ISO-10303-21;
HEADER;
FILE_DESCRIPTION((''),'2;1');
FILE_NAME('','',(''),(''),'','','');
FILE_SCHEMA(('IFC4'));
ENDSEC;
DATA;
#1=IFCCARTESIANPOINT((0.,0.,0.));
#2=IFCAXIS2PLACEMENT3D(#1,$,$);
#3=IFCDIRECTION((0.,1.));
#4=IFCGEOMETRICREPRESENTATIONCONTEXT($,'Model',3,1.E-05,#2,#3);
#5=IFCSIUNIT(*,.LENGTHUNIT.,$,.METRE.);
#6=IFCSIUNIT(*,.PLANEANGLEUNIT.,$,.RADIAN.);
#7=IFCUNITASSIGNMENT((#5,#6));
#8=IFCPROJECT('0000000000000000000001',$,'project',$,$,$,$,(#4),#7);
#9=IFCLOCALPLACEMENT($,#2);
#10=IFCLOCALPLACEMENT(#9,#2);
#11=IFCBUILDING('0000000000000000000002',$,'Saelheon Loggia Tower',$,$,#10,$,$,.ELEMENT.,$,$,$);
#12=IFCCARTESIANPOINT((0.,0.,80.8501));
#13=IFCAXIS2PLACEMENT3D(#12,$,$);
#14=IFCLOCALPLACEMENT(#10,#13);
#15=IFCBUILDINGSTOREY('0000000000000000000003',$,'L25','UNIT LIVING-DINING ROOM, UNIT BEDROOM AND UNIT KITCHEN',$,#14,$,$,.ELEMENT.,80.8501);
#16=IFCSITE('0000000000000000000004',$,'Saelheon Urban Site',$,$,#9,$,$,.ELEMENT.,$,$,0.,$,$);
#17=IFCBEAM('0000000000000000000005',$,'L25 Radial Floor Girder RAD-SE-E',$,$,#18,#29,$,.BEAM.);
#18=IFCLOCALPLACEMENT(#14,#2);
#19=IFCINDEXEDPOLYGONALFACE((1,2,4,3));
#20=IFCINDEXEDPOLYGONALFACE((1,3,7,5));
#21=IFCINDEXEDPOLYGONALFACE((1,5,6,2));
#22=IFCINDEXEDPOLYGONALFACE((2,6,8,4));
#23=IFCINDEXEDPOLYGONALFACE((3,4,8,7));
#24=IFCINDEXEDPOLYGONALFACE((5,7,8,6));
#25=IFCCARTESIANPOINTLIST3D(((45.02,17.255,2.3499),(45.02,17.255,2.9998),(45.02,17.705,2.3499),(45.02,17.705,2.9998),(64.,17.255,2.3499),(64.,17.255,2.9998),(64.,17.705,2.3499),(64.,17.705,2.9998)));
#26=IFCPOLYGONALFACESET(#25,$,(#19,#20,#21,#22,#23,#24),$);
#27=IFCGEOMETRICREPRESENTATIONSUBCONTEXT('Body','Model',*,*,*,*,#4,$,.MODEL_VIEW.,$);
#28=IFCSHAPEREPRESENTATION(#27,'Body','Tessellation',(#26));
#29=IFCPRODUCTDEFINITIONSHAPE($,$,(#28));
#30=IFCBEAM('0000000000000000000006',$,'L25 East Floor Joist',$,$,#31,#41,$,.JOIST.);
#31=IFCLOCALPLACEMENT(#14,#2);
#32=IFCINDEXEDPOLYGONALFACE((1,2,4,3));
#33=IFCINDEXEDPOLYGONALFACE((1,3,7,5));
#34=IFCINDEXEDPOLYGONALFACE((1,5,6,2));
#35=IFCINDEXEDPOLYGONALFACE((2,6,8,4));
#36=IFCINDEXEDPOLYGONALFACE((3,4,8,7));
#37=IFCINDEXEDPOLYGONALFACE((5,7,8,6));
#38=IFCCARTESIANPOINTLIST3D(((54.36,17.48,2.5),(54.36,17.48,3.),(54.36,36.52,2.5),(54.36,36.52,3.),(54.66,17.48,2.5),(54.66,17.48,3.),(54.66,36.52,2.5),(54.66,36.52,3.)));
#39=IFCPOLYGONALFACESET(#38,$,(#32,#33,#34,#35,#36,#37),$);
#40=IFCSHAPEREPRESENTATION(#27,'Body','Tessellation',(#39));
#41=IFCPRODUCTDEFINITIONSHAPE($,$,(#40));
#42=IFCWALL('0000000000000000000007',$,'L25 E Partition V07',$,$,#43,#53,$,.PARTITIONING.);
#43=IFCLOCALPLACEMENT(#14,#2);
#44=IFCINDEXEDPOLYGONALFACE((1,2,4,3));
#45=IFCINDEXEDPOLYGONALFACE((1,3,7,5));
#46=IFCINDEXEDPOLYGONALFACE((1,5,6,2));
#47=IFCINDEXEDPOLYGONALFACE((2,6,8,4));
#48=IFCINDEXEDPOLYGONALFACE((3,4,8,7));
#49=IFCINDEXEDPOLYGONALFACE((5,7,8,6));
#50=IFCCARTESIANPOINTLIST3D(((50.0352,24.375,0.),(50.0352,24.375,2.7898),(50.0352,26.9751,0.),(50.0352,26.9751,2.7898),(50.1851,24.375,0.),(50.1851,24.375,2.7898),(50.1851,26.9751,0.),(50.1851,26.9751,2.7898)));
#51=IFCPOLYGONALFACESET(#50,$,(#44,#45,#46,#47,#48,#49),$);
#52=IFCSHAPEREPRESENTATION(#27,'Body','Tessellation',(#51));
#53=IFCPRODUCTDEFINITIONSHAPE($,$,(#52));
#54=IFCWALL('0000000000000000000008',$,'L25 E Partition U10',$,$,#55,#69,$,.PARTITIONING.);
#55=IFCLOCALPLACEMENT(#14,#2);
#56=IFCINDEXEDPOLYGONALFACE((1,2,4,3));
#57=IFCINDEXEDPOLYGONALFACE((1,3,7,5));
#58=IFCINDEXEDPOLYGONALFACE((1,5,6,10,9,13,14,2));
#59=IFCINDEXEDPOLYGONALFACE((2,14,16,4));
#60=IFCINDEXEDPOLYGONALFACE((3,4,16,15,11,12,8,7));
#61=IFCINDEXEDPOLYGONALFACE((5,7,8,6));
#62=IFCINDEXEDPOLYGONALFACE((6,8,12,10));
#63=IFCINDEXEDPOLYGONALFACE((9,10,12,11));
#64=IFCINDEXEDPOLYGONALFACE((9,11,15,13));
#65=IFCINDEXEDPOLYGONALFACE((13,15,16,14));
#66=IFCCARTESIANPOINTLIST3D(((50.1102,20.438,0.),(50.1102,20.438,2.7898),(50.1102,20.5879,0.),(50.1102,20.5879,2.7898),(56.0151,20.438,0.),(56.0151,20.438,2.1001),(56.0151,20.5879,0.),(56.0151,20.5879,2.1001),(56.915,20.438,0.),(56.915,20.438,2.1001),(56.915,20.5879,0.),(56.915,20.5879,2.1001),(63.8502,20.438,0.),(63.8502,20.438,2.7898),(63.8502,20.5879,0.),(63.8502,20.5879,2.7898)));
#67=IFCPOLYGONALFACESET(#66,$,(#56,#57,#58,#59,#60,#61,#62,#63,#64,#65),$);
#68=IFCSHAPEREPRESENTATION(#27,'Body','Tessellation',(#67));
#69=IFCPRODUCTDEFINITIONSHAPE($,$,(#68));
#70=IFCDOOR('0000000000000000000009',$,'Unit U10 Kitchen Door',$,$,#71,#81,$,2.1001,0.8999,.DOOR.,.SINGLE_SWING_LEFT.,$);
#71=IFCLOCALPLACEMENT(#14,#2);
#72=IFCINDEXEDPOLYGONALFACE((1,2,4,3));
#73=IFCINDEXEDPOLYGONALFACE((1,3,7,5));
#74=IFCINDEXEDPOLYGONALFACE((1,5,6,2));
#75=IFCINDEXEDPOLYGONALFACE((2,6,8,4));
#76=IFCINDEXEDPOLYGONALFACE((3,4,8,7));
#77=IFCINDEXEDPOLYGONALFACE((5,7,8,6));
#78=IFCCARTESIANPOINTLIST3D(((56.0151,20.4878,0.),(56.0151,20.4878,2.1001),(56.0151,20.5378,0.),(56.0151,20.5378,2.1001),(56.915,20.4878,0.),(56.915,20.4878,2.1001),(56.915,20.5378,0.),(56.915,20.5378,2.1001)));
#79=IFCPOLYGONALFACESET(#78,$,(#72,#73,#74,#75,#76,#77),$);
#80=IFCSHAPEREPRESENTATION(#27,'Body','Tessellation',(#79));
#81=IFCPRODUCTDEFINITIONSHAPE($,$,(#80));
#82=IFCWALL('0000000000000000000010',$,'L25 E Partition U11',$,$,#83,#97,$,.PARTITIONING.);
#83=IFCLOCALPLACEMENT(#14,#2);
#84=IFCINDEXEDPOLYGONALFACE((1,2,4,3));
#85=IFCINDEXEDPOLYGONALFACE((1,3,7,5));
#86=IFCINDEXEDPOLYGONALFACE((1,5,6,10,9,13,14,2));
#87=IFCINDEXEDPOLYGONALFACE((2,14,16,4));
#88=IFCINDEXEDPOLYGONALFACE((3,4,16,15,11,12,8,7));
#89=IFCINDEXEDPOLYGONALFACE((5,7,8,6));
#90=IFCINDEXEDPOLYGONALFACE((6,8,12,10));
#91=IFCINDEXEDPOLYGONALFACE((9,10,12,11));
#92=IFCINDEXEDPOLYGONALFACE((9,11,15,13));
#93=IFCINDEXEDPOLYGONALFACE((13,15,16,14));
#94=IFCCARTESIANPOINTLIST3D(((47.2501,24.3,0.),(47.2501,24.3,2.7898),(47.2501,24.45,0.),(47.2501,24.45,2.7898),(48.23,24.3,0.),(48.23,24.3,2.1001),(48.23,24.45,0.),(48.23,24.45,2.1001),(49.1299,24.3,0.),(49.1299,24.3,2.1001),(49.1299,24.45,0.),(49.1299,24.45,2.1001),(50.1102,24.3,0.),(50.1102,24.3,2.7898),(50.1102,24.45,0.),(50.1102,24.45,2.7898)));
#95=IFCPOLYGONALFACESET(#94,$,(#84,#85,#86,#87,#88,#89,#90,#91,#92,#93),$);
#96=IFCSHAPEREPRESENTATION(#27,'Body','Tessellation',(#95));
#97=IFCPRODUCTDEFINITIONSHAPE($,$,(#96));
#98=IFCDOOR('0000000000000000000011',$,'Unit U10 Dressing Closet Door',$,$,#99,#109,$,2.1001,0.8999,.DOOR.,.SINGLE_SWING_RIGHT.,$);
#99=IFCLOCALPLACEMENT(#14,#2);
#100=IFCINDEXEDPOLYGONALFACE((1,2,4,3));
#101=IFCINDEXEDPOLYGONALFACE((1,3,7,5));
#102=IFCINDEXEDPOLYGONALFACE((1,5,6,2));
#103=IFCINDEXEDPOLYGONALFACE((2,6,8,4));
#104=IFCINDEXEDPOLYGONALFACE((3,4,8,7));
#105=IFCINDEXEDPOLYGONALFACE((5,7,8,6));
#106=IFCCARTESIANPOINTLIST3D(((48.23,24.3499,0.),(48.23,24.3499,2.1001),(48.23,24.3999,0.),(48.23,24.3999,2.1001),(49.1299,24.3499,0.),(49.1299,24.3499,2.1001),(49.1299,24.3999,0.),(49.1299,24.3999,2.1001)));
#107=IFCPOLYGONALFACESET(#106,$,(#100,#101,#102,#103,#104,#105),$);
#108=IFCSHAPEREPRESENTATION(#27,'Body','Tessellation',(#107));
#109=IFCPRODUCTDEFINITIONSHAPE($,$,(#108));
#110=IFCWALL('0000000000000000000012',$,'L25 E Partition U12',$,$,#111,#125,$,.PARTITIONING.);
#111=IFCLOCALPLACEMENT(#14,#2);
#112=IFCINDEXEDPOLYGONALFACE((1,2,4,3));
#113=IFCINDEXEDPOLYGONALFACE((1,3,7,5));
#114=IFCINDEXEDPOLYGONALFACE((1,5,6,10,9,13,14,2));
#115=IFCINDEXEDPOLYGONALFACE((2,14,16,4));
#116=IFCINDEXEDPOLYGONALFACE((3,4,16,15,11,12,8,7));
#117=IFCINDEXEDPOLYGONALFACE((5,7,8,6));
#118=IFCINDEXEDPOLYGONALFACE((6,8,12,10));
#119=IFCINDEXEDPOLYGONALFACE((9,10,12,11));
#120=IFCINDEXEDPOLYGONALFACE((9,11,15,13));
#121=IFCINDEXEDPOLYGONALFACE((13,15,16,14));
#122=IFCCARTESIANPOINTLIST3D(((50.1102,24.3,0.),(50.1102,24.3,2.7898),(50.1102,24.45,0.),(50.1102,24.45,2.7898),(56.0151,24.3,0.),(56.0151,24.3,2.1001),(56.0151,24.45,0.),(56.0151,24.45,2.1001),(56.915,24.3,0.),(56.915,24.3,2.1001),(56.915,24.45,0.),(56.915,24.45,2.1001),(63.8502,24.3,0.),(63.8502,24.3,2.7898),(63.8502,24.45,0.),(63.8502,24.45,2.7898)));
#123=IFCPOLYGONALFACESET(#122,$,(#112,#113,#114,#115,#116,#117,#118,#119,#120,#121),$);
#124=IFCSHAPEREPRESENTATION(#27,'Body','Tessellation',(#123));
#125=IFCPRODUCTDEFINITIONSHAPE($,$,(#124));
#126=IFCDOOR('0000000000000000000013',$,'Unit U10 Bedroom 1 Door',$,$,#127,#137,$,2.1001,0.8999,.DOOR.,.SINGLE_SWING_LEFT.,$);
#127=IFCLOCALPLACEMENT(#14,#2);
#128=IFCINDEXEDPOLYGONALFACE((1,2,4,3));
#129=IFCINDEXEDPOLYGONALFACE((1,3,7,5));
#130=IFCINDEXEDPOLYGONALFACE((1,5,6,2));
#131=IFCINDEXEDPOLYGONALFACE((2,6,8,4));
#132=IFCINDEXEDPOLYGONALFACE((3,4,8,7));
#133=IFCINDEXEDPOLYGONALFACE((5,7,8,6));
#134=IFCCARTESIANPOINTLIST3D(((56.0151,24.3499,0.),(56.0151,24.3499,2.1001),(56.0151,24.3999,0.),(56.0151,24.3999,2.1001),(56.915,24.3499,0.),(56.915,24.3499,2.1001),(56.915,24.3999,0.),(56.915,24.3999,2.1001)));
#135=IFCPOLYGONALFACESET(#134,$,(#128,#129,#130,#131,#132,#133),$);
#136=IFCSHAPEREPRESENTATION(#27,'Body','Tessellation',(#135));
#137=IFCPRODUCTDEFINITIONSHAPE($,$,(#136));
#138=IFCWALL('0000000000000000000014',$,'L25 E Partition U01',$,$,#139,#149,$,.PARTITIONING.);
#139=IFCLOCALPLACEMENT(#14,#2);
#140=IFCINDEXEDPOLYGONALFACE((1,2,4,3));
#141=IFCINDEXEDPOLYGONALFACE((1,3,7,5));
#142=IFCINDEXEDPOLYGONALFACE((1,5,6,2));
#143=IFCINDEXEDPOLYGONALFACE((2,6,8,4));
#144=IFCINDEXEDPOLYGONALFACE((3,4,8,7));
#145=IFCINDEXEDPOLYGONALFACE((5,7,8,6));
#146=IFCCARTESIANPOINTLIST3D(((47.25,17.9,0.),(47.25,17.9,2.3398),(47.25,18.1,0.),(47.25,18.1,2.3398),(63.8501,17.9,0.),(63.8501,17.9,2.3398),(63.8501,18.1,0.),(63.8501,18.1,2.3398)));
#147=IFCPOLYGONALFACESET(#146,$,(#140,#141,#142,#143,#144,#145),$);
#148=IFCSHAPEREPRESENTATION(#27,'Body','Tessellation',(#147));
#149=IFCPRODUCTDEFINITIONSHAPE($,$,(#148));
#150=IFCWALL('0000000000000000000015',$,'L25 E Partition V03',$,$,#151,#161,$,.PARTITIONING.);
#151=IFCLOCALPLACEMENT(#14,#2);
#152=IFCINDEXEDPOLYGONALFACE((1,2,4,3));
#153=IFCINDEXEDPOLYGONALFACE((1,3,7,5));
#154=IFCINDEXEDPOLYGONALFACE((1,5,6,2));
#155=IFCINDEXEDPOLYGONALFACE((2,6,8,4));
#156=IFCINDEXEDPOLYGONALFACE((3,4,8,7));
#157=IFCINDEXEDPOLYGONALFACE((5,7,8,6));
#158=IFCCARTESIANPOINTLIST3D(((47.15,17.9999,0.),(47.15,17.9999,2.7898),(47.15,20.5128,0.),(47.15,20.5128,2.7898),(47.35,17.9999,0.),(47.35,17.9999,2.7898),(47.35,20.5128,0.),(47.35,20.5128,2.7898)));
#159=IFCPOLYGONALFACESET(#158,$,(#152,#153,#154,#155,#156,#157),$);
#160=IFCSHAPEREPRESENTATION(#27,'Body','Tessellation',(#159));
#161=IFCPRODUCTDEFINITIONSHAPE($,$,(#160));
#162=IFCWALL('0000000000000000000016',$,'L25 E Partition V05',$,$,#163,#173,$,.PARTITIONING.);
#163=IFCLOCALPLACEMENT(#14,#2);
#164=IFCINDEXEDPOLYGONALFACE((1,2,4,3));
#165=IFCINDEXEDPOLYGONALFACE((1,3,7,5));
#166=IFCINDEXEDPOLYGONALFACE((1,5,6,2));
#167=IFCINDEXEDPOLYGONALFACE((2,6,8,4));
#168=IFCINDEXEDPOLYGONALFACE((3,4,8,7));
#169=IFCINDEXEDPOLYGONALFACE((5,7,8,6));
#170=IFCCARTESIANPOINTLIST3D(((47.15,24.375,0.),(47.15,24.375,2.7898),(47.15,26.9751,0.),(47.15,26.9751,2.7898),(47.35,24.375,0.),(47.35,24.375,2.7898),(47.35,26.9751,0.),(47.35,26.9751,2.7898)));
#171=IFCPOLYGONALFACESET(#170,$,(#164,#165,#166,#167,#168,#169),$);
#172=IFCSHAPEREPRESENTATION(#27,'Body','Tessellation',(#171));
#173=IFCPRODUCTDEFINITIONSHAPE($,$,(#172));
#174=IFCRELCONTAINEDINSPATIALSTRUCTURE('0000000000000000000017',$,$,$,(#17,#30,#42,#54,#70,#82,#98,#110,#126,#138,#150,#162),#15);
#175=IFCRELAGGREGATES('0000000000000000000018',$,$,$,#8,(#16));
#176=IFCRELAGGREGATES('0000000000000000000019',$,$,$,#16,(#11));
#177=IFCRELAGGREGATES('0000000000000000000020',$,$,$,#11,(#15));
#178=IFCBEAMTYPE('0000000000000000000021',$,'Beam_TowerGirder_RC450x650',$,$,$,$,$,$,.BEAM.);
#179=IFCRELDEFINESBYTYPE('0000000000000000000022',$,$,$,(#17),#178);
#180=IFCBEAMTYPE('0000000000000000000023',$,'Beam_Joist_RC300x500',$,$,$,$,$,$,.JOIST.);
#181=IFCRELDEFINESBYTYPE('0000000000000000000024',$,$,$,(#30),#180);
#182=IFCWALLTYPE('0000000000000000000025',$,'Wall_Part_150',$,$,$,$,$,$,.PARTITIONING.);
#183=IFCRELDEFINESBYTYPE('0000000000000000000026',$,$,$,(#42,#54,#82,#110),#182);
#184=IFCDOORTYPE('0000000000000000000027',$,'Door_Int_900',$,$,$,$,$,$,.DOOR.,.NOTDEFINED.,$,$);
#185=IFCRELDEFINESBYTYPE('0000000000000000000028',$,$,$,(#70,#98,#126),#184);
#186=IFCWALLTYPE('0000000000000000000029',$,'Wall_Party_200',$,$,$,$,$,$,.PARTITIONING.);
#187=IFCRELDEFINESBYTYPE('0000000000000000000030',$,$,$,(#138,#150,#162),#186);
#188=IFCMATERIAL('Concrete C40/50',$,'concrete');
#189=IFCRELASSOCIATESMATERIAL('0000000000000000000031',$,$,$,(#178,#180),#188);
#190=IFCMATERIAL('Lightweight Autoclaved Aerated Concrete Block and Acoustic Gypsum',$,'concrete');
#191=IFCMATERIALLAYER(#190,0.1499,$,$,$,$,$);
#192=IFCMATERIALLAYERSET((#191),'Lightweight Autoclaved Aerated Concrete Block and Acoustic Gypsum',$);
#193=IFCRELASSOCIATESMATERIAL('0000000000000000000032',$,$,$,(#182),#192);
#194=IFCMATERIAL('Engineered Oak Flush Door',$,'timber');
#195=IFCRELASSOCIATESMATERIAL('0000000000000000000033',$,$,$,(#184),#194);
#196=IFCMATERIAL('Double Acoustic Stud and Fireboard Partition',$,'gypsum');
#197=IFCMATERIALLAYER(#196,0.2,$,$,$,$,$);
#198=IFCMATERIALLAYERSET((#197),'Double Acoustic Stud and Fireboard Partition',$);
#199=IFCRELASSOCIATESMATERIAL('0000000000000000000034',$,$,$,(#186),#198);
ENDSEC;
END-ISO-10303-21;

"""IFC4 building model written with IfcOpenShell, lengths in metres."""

from ifc_helpers import new_model, si_unit, direction, frame, frame_2d, origin, origin_2d, place, context, subcontext, project, spatial, rectangle, extrude, source, transform, mapped, material, layer, layer_set, material_profile, profile_set, type_object, element, fill, save


model = new_model("IFC4")

# Units and contexts
model_context = context("Model", 3, precision=1e-05, world=origin(), true_north=direction((0.0, 1.0)))
body_context = subcontext(model_context, "Body", "Model", "MODEL_VIEW")
ifc_project = project(units=[si_unit("LENGTHUNIT", "METRE"), si_unit("PLANEANGLEUNIT", "RADIAN")], contexts=[model_context])

# Site, building, storey
site_placement = place(None, origin())
site = spatial("IfcSite", under=ifc_project, at=site_placement, Name="Saelheon Urban Site", CompositionType="ELEMENT", RefElevation=0.0)
building_placement = place(site_placement, origin())
building = spatial("IfcBuilding", under=site, at=building_placement, Name="Saelheon Loggia Tower", CompositionType="ELEMENT")
storey_placement = place(building_placement, frame((0.0, 0.0, 80.8501)))
storey = spatial("IfcBuildingStorey", under=building, at=storey_placement, Name="L25", Description="UNIT LIVING-DINING ROOM, UNIT BEDROOM AND UNIT KITCHEN", CompositionType="ELEMENT", Elevation=80.8501)

# Beams
ifc_material_1 = material(Name="Concrete C40/50", Category="concrete")
ifc_material_profile_1 = material_profile(ifc_material_1, rectangle(XDim=0.45, YDim=0.6499, at=origin_2d()), Name="RC-450x650")
ifc_profile_set_1 = profile_set([ifc_material_profile_1], Name="Concrete C40/50")
beam_type_1 = type_object("IfcBeamType", Name="Beam_TowerGirder_RC450x650", PredefinedType="BEAM", material=ifc_profile_set_1)
shared_shape_1 = source(origin(), body_context, "Body", "SweptSolid", [
    extrude(rectangle(XDim=0.45, YDim=0.6499, at=origin_2d()), origin(), (0.0, 0.0, 1.0), 18.98),
])
beam_1_placement = place(storey_placement, frame((45.02, 17.48, 2.6748), z_axis=(1.0, 0.0, 0.0), x_axis=(0.0, 1.0, 0.0)))
element("IfcBeam", 1, at=beam_1_placement, inside=storey, type_object=beam_type_1, Name="L25 Radial Floor Girder RAD-SE-E", PredefinedType="BEAM", context=body_context, shape_type="MappedRepresentation", body=[
    mapped(shared_shape_1, transform((0.0, 0.0, 0.0), scale=1.0)),
])
ifc_material_profile_2 = material_profile(ifc_material_1, rectangle(XDim=0.3, YDim=0.5, at=origin_2d()), Name="RC-300x500")
ifc_profile_set_2 = profile_set([ifc_material_profile_2], Name="Concrete C40/50")
beam_type_2 = type_object("IfcBeamType", Name="Beam_Joist_RC300x500", PredefinedType="JOIST", material=ifc_profile_set_2)
shared_shape_2 = source(origin(), body_context, "Body", "SweptSolid", [
    extrude(rectangle(XDim=0.3, YDim=0.5, at=origin_2d()), origin(), (0.0, 0.0, 1.0), 19.04),
])
beam_2_placement = place(storey_placement, frame((54.51, 17.48, 2.75), z_axis=(0.0, 1.0, 0.0), x_axis=(-1.0, 0.0, 0.0)))
element("IfcBeam", 2, at=beam_2_placement, inside=storey, type_object=beam_type_2, Name="L25 East Floor Joist", PredefinedType="JOIST", context=body_context, shape_type="MappedRepresentation", body=[
    mapped(shared_shape_2, transform((0.0, 0.0, 0.0), scale=1.0)),
])

# Wall
ifc_material_2 = material(Name="Lightweight Autoclaved Aerated Concrete Block and Acoustic Gypsum", Category="concrete")
ifc_layer_1 = layer(ifc_material_2, 0.1499)
ifc_layer_set_1 = layer_set([ifc_layer_1], Name="Lightweight Autoclaved Aerated Concrete Block and Acoustic Gypsum")
wall_type_1 = type_object("IfcWallType", Name="Wall_Part_150", PredefinedType="PARTITIONING", material=ifc_layer_set_1)
wall_1_placement = place(storey_placement, frame((50.1101, 24.375, 0.0), z_axis=(0.0, 0.0, 1.0), x_axis=(0.0, 1.0, 0.0)))
element("IfcWall", 3, at=wall_1_placement, inside=storey, type_object=wall_type_1, Name="L25 E Partition V07", PredefinedType="PARTITIONING", context=body_context, shape_type="SweptSolid", body=[
    extrude(rectangle(XDim=2.6001, YDim=0.1499, at=frame_2d((1.3, 0.0))), origin(), (0.0, 0.0, 1.0), 2.7898),
])

# Walls, openings, doors
wall_2_placement = place(storey_placement, frame((50.1101, 20.5129, 0.0), z_axis=(0.0, 0.0, 1.0), x_axis=(1.0, 0.0, 0.0)))
wall_2 = element("IfcWall", 4, at=wall_2_placement, inside=storey, type_object=wall_type_1, Name="L25 E Partition U10", PredefinedType="PARTITIONING", context=body_context, shape_type="SweptSolid", body=[
    extrude(rectangle(XDim=13.74, YDim=0.1499, at=frame_2d((6.8701, 0.0))), origin(), (0.0, 0.0, 1.0), 2.7898),
])
opening_1_placement = place(wall_2_placement, frame((5.905, 0.0, 0.0)))
opening_1 = element("IfcOpeningElement", 5, at=opening_1_placement, cuts=wall_2, PredefinedType="OPENING", context=body_context, shape_type="SweptSolid", body=[
    extrude(rectangle(XDim=0.8999, YDim=2.1001, at=frame_2d((0.45, 1.05))), frame((0.0, 0.0869, 0.0), z_axis=(0.0, -1.0, 0.0), x_axis=(1.0, 0.0, 0.0)), (0.0, 0.0, 1.0), 0.1738),
])
ifc_material_3 = material(Name="Engineered Oak Flush Door", Category="timber")
door_type_1 = type_object("IfcDoorType", Name="Door_Int_900", OperationType="NOTDEFINED", PredefinedType="DOOR", material=ifc_material_3)
shared_shape_3 = source(origin(), body_context, "Body", "SweptSolid", [
    extrude(rectangle(XDim=0.8999, YDim=2.1001, at=frame_2d((0.45, 1.05))), frame((0.0, 0.0249, 0.0), z_axis=(0.0, -1.0, 0.0), x_axis=(1.0, 0.0, 0.0)), (0.0, 0.0, 1.0), 0.05),
])
door_1_placement = place(opening_1_placement, origin())
door_1 = element("IfcDoor", 6, at=door_1_placement, inside=storey, type_object=door_type_1, Name="Unit U10 Kitchen Door", OperationType="SINGLE_SWING_LEFT", OverallHeight=2.1001, OverallWidth=0.8999, PredefinedType="DOOR", context=body_context, shape_type="MappedRepresentation", body=[
    mapped(shared_shape_3, transform((0.0, 0.0, 0.0), scale=1.0)),
])
fill(opening_1, door_1)
wall_3_placement = place(storey_placement, frame((47.25, 24.375, 0.0), z_axis=(0.0, 0.0, 1.0), x_axis=(1.0, 0.0, 0.0)))
wall_3 = element("IfcWall", 7, at=wall_3_placement, inside=storey, type_object=wall_type_1, Name="L25 E Partition U11", PredefinedType="PARTITIONING", context=body_context, shape_type="SweptSolid", body=[
    extrude(rectangle(XDim=2.8601, YDim=0.1499, at=frame_2d((1.4302, 0.0))), origin(), (0.0, 0.0, 1.0), 2.7898),
])
opening_2_placement = place(wall_3_placement, frame((0.98, 0.0, 0.0)))
opening_2 = element("IfcOpeningElement", 8, at=opening_2_placement, cuts=wall_3, PredefinedType="OPENING", context=body_context, shape_type="SweptSolid", body=[
    extrude(rectangle(XDim=0.8999, YDim=2.1001, at=frame_2d((0.45, 1.05))), frame((0.0, 0.0869, 0.0), z_axis=(0.0, -1.0, 0.0), x_axis=(1.0, 0.0, 0.0)), (0.0, 0.0, 1.0), 0.1738),
])
door_2_placement = place(opening_2_placement, origin())
door_2 = element("IfcDoor", 9, at=door_2_placement, inside=storey, type_object=door_type_1, Name="Unit U10 Dressing Closet Door", OperationType="SINGLE_SWING_RIGHT", OverallHeight=2.1001, OverallWidth=0.8999, PredefinedType="DOOR", context=body_context, shape_type="MappedRepresentation", body=[
    mapped(shared_shape_3, transform((0.0, 0.0, 0.0), scale=1.0)),
])
fill(opening_2, door_2)
wall_4_placement = place(storey_placement, frame((50.1101, 24.375, 0.0), z_axis=(0.0, 0.0, 1.0), x_axis=(1.0, 0.0, 0.0)))
wall_4 = element("IfcWall", 10, at=wall_4_placement, inside=storey, type_object=wall_type_1, Name="L25 E Partition U12", PredefinedType="PARTITIONING", context=body_context, shape_type="SweptSolid", body=[
    extrude(rectangle(XDim=13.74, YDim=0.1499, at=frame_2d((6.8701, 0.0))), origin(), (0.0, 0.0, 1.0), 2.7898),
])
opening_3_placement = place(wall_4_placement, frame((5.905, 0.0, 0.0)))
opening_3 = element("IfcOpeningElement", 11, at=opening_3_placement, cuts=wall_4, PredefinedType="OPENING", context=body_context, shape_type="SweptSolid", body=[
    extrude(rectangle(XDim=0.8999, YDim=2.1001, at=frame_2d((0.45, 1.05))), frame((0.0, 0.0869, 0.0), z_axis=(0.0, -1.0, 0.0), x_axis=(1.0, 0.0, 0.0)), (0.0, 0.0, 1.0), 0.1738),
])
door_3_placement = place(opening_3_placement, origin())
door_3 = element("IfcDoor", 12, at=door_3_placement, inside=storey, type_object=door_type_1, Name="Unit U10 Bedroom 1 Door", OperationType="SINGLE_SWING_LEFT", OverallHeight=2.1001, OverallWidth=0.8999, PredefinedType="DOOR", context=body_context, shape_type="MappedRepresentation", body=[
    mapped(shared_shape_3, transform((0.0, 0.0, 0.0), scale=1.0)),
])
fill(opening_3, door_3)

# Walls
ifc_material_4 = material(Name="Double Acoustic Stud and Fireboard Partition", Category="gypsum")
ifc_layer_2 = layer(ifc_material_4, 0.2)
ifc_layer_set_2 = layer_set([ifc_layer_2], Name="Double Acoustic Stud and Fireboard Partition")
wall_type_2 = type_object("IfcWallType", Name="Wall_Party_200", PredefinedType="PARTITIONING", material=ifc_layer_set_2)
wall_5_placement = place(storey_placement, frame((47.25, 18.0, 0.0), z_axis=(0.0, 0.0, 1.0), x_axis=(1.0, 0.0, 0.0)))
element("IfcWall", 13, at=wall_5_placement, inside=storey, type_object=wall_type_2, Name="L25 E Partition U01", PredefinedType="PARTITIONING", context=body_context, shape_type="SweptSolid", body=[
    extrude(rectangle(XDim=16.6001, YDim=0.2, at=frame_2d((8.3, 0.0))), origin(), (0.0, 0.0, 1.0), 2.3398),
])
wall_6_placement = place(storey_placement, frame((47.25, 18.0, 0.0), z_axis=(0.0, 0.0, 1.0), x_axis=(0.0, 1.0, 0.0)))
element("IfcWall", 14, at=wall_6_placement, inside=storey, type_object=wall_type_2, Name="L25 E Partition V03", PredefinedType="PARTITIONING", context=body_context, shape_type="SweptSolid", body=[
    extrude(rectangle(XDim=2.5129, YDim=0.2, at=frame_2d((1.2563, 0.0))), origin(), (0.0, 0.0, 1.0), 2.7898),
])

# Wall
wall_7_placement = place(storey_placement, frame((47.25, 24.375, 0.0), z_axis=(0.0, 0.0, 1.0), x_axis=(0.0, 1.0, 0.0)))
element("IfcWall", 15, at=wall_7_placement, inside=storey, type_object=wall_type_2, Name="L25 E Partition V05", PredefinedType="PARTITIONING", context=body_context, shape_type="SweptSolid", body=[
    extrude(rectangle(XDim=2.6001, YDim=0.2, at=frame_2d((1.3, 0.0))), origin(), (0.0, 0.0, 1.0), 2.7898),
])

save(model, "model.ifc")
